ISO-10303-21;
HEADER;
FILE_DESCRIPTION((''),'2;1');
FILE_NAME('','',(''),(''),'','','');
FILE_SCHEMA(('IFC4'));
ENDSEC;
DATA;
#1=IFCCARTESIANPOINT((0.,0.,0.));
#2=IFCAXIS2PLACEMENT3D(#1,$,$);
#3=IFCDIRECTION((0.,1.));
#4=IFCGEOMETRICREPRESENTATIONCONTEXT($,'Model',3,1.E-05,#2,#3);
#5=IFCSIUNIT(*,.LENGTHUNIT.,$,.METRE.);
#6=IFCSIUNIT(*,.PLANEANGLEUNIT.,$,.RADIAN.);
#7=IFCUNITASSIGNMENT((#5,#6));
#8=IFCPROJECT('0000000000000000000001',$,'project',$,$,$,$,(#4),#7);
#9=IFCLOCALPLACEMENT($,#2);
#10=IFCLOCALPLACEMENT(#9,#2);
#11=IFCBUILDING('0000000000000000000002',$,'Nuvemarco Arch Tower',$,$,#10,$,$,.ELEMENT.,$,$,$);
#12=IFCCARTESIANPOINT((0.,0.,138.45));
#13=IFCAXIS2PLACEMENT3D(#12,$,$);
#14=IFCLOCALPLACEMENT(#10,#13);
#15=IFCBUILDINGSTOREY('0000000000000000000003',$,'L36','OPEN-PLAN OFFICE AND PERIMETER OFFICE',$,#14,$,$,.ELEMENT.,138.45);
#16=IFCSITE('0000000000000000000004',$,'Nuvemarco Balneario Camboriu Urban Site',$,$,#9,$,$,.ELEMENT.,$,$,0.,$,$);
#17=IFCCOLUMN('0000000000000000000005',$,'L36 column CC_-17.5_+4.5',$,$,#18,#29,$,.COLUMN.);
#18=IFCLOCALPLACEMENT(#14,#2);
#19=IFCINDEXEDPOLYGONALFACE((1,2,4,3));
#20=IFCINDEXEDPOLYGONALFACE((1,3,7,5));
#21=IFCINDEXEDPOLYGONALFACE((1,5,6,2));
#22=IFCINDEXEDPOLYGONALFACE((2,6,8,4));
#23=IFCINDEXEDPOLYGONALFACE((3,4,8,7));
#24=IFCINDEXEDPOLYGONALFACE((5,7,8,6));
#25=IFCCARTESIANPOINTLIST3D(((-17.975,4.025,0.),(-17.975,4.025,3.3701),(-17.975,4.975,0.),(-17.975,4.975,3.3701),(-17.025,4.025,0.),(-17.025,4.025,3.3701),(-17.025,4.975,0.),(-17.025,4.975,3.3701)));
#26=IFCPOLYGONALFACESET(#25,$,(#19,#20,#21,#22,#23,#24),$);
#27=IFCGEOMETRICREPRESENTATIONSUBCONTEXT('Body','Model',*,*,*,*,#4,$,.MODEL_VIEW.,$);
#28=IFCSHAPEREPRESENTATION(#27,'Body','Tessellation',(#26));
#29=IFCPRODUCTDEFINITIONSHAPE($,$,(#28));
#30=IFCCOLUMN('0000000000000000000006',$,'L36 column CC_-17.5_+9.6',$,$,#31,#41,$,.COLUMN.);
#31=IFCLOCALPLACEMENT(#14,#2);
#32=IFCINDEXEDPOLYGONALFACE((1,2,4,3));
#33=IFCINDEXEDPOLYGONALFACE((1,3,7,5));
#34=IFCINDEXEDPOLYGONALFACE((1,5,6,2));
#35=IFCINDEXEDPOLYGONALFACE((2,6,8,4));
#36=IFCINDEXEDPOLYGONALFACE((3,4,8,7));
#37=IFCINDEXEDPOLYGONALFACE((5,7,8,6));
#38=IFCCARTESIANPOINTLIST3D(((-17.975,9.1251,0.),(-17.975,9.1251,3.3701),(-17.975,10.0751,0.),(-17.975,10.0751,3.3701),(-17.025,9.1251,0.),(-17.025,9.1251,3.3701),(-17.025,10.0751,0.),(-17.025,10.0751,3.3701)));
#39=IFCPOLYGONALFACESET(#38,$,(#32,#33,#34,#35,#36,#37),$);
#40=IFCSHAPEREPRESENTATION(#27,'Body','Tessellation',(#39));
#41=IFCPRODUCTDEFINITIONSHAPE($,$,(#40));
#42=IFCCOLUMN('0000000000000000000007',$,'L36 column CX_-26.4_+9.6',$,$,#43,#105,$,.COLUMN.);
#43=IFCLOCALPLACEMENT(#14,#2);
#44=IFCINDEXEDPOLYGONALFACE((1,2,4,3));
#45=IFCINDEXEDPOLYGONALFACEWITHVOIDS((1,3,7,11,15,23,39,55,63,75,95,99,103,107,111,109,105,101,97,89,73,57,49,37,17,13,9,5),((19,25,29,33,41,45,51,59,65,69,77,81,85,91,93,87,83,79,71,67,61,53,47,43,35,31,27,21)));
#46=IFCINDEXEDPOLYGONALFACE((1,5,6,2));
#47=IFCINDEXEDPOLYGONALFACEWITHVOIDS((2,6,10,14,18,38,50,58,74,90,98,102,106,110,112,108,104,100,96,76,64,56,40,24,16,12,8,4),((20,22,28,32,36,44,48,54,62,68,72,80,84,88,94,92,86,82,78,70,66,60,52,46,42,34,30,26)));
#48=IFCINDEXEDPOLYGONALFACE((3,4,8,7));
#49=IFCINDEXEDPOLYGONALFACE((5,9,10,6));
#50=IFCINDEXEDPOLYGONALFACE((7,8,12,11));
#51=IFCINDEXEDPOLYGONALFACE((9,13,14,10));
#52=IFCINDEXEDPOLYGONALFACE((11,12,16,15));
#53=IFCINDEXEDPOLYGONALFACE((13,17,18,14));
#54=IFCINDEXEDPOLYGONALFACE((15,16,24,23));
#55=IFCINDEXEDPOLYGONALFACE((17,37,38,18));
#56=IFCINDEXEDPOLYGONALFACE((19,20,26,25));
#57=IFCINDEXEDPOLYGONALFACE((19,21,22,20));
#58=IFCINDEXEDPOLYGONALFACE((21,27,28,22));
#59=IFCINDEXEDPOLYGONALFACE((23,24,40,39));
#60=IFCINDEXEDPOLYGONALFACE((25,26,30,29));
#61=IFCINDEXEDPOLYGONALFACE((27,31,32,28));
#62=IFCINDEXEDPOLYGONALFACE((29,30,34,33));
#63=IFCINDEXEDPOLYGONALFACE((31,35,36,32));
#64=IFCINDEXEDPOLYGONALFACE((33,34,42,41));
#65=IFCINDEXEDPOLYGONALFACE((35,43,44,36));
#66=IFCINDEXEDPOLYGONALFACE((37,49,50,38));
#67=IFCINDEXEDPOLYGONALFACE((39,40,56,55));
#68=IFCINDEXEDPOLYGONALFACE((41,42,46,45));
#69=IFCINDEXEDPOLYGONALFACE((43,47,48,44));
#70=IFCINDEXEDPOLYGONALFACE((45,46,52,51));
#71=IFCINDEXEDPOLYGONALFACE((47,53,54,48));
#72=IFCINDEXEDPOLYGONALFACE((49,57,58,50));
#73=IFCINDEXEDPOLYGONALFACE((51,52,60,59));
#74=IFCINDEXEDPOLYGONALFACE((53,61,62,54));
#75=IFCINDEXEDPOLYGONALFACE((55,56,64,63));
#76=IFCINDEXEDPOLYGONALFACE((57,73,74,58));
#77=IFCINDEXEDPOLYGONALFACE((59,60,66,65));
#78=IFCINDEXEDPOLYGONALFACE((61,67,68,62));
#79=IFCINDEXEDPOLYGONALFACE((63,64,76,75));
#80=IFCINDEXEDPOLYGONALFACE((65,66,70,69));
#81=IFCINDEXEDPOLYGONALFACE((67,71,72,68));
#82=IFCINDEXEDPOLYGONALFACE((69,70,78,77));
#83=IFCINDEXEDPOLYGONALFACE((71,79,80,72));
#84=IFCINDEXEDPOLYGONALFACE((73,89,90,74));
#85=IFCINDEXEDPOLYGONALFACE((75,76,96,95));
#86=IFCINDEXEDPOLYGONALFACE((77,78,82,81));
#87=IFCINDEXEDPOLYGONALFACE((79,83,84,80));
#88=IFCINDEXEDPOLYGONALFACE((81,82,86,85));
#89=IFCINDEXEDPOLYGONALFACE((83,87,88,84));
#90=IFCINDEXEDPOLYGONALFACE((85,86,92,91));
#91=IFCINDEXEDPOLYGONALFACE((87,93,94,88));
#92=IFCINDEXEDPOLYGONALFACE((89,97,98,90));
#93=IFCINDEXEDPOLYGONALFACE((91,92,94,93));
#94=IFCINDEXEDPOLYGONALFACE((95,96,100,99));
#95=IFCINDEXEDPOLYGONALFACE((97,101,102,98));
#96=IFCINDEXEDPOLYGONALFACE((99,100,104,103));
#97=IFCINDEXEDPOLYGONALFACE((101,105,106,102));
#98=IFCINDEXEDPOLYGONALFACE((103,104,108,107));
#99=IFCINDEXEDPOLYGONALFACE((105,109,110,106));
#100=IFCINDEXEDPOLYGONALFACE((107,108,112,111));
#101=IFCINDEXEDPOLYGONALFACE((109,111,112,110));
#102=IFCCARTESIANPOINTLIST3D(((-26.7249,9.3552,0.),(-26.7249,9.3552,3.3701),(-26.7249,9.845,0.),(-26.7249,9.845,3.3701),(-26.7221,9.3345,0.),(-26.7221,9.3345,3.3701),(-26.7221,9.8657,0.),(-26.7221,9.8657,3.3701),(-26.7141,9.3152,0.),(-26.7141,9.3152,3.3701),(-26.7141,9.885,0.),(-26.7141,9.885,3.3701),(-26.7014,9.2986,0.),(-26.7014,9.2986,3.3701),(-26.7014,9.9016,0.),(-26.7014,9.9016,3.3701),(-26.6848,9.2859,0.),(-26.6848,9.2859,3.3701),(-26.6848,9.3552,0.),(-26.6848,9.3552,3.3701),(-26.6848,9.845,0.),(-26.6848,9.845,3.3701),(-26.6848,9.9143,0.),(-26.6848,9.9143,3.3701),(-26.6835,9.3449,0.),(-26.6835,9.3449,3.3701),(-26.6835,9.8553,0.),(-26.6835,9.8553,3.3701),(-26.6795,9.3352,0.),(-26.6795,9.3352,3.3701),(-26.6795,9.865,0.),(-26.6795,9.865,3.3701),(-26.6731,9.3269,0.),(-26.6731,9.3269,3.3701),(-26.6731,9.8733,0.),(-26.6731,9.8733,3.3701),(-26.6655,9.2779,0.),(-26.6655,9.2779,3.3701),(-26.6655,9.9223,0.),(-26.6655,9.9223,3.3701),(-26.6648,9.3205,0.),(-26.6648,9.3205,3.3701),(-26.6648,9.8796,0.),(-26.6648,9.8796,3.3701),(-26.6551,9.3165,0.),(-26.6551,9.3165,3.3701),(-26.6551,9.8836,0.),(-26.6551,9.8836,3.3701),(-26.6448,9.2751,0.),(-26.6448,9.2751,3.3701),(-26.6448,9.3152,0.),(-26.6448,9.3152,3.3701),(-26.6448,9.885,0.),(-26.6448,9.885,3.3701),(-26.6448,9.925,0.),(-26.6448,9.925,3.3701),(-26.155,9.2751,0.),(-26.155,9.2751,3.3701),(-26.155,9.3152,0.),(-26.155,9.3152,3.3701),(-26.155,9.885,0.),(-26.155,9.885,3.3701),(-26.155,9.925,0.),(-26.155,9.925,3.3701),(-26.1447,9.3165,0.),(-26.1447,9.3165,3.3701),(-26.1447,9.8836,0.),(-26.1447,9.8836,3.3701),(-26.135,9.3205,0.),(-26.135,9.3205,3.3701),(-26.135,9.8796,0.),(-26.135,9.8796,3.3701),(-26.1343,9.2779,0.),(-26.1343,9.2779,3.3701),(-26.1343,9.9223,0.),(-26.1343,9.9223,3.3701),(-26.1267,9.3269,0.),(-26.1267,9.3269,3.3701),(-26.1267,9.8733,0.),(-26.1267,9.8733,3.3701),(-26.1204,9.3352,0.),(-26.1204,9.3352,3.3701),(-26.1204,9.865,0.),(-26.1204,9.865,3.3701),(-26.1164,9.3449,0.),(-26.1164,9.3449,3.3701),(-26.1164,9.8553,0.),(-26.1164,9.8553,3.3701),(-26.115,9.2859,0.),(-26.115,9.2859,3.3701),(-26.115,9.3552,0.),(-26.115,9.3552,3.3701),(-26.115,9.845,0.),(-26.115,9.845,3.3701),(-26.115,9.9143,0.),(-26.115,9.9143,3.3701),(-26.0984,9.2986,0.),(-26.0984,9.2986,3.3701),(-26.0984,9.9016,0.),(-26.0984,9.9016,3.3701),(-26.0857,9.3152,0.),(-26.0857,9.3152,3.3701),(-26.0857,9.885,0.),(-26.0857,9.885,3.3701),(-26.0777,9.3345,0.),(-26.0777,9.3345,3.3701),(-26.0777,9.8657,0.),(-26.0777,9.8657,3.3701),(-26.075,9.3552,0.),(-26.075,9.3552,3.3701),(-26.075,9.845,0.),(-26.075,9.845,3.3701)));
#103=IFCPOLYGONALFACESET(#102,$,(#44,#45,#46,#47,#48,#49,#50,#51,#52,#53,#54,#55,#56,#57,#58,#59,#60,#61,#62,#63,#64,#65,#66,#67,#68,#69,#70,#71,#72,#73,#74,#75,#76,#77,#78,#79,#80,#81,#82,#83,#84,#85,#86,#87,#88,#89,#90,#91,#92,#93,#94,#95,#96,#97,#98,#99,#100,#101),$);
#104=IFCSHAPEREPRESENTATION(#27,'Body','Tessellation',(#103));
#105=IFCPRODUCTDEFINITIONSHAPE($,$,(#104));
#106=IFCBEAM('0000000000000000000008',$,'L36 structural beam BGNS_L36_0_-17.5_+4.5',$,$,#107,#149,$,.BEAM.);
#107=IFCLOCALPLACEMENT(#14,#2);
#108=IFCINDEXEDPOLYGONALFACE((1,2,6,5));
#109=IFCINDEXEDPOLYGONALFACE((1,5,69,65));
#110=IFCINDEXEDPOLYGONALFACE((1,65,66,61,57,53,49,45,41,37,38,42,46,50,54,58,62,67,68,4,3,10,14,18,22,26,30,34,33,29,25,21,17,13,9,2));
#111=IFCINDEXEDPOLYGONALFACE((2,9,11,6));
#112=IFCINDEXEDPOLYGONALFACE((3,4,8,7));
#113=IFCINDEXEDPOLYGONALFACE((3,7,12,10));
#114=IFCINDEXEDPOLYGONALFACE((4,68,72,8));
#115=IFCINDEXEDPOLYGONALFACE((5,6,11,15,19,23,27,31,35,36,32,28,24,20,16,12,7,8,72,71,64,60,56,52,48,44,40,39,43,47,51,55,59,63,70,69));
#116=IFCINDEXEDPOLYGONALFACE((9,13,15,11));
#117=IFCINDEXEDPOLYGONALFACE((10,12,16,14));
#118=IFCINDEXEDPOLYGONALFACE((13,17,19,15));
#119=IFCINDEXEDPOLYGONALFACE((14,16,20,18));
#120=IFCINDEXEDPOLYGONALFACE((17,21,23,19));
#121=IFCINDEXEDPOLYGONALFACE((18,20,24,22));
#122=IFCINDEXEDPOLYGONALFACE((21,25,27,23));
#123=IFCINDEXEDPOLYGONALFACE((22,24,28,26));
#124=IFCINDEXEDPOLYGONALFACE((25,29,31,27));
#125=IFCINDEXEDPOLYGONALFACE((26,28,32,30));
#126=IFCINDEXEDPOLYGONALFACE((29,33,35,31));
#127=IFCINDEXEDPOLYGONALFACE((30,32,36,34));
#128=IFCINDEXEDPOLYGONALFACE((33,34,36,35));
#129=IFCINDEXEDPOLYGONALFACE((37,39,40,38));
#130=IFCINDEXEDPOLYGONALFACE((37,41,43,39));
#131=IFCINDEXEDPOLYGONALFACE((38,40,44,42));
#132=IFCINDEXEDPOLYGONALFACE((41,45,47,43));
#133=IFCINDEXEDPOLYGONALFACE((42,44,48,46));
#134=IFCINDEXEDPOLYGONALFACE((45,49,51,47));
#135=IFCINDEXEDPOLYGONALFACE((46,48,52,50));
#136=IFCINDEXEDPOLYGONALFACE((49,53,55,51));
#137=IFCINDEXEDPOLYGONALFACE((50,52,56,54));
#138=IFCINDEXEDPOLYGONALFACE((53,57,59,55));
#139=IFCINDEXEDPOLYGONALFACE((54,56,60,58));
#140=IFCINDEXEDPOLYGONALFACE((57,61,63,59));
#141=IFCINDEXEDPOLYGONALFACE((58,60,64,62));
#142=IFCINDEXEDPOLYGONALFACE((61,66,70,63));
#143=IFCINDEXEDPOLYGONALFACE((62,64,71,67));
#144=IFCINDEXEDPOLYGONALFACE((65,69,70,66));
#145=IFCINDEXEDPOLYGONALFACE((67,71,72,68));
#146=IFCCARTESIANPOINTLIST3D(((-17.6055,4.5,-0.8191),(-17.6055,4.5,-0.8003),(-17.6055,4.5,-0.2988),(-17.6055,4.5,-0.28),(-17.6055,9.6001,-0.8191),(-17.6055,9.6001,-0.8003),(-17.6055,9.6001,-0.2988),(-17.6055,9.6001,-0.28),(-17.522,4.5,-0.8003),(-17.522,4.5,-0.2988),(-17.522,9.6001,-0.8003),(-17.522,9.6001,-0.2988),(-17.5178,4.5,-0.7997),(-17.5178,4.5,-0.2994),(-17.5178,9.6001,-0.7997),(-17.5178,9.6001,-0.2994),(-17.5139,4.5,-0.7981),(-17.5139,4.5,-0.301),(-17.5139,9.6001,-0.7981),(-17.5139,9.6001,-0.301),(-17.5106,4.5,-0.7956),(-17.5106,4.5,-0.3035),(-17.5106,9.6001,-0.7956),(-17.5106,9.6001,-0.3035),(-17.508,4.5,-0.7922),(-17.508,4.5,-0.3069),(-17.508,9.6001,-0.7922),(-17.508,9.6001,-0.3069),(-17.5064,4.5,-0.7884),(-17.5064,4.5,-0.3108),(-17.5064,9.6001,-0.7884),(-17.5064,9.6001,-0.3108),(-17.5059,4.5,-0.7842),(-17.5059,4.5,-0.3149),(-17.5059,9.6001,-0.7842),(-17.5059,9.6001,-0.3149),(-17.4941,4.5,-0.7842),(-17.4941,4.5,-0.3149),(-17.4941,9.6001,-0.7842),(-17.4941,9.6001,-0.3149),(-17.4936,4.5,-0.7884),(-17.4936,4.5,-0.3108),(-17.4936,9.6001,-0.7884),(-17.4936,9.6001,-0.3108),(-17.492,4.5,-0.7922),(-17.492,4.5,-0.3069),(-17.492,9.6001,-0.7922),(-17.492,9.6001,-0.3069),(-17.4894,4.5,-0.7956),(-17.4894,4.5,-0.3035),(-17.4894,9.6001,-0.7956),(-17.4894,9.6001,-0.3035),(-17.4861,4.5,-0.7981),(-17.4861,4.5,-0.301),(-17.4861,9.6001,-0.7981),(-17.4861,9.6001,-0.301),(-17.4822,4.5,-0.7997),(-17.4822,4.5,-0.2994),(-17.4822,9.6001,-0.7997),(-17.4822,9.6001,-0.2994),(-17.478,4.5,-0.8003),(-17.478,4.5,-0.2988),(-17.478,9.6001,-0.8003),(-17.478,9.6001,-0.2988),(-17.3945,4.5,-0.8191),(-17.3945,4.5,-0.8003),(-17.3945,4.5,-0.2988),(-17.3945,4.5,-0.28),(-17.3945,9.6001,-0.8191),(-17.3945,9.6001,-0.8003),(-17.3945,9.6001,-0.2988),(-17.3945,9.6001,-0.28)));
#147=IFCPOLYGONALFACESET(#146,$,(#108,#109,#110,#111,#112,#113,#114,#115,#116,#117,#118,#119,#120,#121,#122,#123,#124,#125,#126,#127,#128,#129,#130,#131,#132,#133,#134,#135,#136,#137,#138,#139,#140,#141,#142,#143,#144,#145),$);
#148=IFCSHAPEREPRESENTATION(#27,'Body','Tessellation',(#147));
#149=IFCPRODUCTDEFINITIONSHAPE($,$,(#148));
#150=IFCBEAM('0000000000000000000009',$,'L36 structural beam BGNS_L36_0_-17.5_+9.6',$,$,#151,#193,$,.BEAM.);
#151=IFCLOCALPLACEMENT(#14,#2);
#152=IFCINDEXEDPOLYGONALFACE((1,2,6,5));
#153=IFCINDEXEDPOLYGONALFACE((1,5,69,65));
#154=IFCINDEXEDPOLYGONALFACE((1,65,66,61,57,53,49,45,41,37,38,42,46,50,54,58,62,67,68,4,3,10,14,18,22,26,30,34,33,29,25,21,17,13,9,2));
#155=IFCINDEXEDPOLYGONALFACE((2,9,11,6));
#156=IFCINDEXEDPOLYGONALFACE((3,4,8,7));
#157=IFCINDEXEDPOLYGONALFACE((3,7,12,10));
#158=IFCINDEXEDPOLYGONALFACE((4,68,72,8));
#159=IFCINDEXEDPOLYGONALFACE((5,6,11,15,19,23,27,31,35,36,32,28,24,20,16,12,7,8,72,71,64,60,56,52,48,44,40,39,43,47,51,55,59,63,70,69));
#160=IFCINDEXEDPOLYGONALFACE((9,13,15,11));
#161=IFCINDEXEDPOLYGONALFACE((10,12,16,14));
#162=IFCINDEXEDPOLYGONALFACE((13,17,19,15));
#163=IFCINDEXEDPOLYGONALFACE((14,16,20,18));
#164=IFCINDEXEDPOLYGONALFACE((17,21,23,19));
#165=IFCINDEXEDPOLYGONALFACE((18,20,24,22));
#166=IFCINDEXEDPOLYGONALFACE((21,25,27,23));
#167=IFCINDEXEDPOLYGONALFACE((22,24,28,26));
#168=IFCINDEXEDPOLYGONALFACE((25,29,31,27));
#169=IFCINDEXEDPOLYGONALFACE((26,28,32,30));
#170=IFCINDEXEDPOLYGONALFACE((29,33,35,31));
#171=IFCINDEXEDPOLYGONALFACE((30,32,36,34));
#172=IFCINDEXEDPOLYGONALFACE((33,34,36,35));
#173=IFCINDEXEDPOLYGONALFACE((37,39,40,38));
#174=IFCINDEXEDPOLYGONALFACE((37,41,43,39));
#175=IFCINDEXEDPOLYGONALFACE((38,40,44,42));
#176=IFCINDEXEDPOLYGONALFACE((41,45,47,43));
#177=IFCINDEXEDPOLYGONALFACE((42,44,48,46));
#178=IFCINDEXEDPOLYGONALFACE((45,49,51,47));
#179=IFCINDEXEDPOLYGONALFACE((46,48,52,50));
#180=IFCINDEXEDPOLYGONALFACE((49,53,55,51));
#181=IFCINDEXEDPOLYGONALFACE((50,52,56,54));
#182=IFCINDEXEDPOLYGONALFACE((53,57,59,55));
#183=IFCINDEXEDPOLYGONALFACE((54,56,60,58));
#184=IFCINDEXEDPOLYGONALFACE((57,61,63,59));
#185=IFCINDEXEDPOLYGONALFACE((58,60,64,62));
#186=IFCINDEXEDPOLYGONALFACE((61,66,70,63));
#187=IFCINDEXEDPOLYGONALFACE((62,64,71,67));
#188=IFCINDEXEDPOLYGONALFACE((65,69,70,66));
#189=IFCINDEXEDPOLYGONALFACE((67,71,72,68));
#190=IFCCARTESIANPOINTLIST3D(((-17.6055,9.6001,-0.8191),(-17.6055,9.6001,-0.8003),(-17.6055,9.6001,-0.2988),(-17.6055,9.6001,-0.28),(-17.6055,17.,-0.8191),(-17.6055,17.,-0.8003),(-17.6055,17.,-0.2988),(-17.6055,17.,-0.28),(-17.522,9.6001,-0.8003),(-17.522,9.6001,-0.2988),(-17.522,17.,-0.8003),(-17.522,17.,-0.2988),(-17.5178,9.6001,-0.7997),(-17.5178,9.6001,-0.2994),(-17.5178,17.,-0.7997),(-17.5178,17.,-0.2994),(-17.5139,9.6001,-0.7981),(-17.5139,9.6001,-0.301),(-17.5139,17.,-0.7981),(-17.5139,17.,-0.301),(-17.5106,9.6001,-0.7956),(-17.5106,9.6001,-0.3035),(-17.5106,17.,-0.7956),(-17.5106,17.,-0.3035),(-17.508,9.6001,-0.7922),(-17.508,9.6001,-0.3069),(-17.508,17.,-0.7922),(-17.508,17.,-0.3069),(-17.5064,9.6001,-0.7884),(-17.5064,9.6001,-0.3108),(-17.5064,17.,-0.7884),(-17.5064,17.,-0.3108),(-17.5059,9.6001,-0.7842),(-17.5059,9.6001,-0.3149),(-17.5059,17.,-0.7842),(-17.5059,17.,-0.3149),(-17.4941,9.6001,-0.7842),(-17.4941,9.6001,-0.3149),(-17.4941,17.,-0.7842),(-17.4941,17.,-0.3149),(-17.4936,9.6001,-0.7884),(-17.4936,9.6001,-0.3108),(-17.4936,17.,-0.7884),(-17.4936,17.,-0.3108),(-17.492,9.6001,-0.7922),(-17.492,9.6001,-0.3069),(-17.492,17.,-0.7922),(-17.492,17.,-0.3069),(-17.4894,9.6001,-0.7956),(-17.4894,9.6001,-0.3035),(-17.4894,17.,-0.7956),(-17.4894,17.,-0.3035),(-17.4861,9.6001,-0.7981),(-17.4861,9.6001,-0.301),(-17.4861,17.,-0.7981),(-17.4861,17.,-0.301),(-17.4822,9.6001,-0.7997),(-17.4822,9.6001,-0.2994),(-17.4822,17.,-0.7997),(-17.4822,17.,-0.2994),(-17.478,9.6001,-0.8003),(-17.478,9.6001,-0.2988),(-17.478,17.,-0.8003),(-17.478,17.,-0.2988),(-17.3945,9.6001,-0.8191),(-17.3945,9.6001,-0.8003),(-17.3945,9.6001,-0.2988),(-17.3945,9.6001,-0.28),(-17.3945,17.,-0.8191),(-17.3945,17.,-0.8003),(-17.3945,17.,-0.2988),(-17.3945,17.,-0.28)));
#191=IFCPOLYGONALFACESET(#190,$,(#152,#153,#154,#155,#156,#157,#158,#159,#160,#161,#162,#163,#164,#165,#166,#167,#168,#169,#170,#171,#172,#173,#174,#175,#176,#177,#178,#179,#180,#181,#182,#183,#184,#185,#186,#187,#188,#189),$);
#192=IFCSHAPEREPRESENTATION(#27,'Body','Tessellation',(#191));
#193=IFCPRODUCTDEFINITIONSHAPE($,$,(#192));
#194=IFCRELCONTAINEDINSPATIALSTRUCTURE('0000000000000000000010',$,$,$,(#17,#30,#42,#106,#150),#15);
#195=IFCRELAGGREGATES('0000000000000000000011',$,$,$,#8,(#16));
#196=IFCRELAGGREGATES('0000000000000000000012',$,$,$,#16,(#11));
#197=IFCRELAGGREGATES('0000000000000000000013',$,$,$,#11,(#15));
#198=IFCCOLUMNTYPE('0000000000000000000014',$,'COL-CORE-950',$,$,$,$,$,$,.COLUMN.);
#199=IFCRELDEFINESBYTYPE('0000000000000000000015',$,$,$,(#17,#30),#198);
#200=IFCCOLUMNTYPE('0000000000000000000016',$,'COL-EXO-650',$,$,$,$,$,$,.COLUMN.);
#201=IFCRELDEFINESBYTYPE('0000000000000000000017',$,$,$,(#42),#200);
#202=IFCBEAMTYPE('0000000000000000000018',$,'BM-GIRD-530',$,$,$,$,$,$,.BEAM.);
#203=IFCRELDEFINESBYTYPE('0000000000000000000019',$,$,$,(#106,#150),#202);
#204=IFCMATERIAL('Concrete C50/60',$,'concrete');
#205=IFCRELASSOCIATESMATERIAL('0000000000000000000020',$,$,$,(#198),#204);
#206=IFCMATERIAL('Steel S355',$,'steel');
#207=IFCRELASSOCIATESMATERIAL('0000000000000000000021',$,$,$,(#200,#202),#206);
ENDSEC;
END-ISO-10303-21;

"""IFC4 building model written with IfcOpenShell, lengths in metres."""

from ifc_helpers import new_model, si_unit, direction, frame, origin, origin_2d, place, context, subcontext, project, spatial, rectangle, hollow_rectangle, i_section, extrude, material, material_profile, profile_set, type_object, element, save


model = new_model("IFC4")

# Units and contexts
model_context = context("Model", 3, precision=1e-05, world=origin(), true_north=direction((0.0, 1.0)))
body_context = subcontext(model_context, "Body", "Model", "MODEL_VIEW")
ifc_project = project(units=[si_unit("LENGTHUNIT", "METRE"), si_unit("PLANEANGLEUNIT", "RADIAN")], contexts=[model_context])

# Site, building, storey
site_placement = place(None, origin())
site = spatial("IfcSite", under=ifc_project, at=site_placement, Name="Nuvemarco Balneario Camboriu Urban Site", CompositionType="ELEMENT", RefElevation=0.0)
building_placement = place(site_placement, origin())
building = spatial("IfcBuilding", under=site, at=building_placement, Name="Nuvemarco Arch Tower", CompositionType="ELEMENT")
storey_placement = place(building_placement, frame((0.0, 0.0, 138.45)))
storey = spatial("IfcBuildingStorey", under=building, at=storey_placement, Name="L36", Description="OPEN-PLAN OFFICE AND PERIMETER OFFICE", CompositionType="ELEMENT", Elevation=138.45)

# Columns
ifc_material_1 = material(Name="Concrete C50/60", Category="concrete")
ifc_material_profile_1 = material_profile(ifc_material_1, rectangle(XDim=0.95, YDim=0.95, at=origin_2d()), Name="RC-COL-950x950")
ifc_profile_set_1 = profile_set([ifc_material_profile_1], Name="Concrete C50/60")
column_type_1 = type_object("IfcColumnType", Name="COL-CORE-950", PredefinedType="COLUMN", material=ifc_profile_set_1)
for number, where, z_axis, x_axis, name in (
    (1, (-17.5, 4.5, 0.0), (0.0, 0.0, 1.0), (1.0, 0.0, 0.0), "L36 column CC_-17.5_+4.5"),
    (2, (-17.5, 9.6001, 0.0), (0.0, 0.0, 1.0), (1.0, 0.0, 0.0), "L36 column CC_-17.5_+9.6"),
):
    element("IfcColumn", number, at=place(storey_placement, frame(where, z_axis=z_axis, x_axis=x_axis)), inside=storey, type_object=column_type_1, Name=name, PredefinedType="COLUMN", context=body_context, shape_type="SweptSolid", body=[
        extrude(rectangle(XDim=0.95, YDim=0.95, at=origin_2d()), origin(), (0.0, 0.0, 1.0), 3.3701),
    ])
ifc_material_2 = material(Name="Steel S355", Category="steel")
ifc_material_profile_2 = material_profile(ifc_material_2, hollow_rectangle(XDim=0.6499, YDim=0.6499, WallThickness=0.04, InnerFilletRadius=0.04, OuterFilletRadius=0.0801, at=origin_2d()), Name="SHS650x650x40")
ifc_profile_set_2 = profile_set([ifc_material_profile_2], Name="Steel S355")
column_type_2 = type_object("IfcColumnType", Name="COL-EXO-650", PredefinedType="COLUMN", material=ifc_profile_set_2)
column_placement = place(storey_placement, frame((-26.3999, 9.6001, 0.0), z_axis=(0.0, 0.0, 1.0), x_axis=(1.0, 0.0, 0.0)))
element("IfcColumn", 3, at=column_placement, inside=storey, type_object=column_type_2, Name="L36 column CX_-26.4_+9.6", PredefinedType="COLUMN", context=body_context, shape_type="SweptSolid", body=[
    extrude(hollow_rectangle(XDim=0.6499, YDim=0.6499, WallThickness=0.04, InnerFilletRadius=0.04, OuterFilletRadius=0.0801, at=origin_2d()), origin(), (0.0, 0.0, 1.0), 3.3701),
])

# Beams
ifc_material_profile_3 = material_profile(ifc_material_2, i_section(OverallWidth=0.2109, OverallDepth=0.5391, WebThickness=0.0117, FlangeThickness=0.0188, FilletRadius=0.0161, at=origin_2d()), Name="W530x109")
ifc_profile_set_3 = profile_set([ifc_material_profile_3], Name="Steel S355")
beam_type_1 = type_object("IfcBeamType", Name="BM-GIRD-530", PredefinedType="BEAM", material=ifc_profile_set_3)
beam_1_placement = place(storey_placement, frame((-17.5, 4.5, -0.5496), z_axis=(0.0, 1.0, 0.0), x_axis=(-1.0, 0.0, 0.0)))
element("IfcBeam", 4, at=beam_1_placement, inside=storey, type_object=beam_type_1, Name="L36 structural beam BGNS_L36_0_-17.5_+4.5", PredefinedType="BEAM", context=body_context, shape_type="SweptSolid", body=[
    extrude(i_section(OverallWidth=0.2109, OverallDepth=0.5391, WebThickness=0.0117, FlangeThickness=0.0188, FilletRadius=0.0161, at=origin_2d()), origin(), (0.0, 0.0, 1.0), 5.1001),
])
beam_2_placement = place(storey_placement, frame((-17.5, 9.6001, -0.5496), z_axis=(0.0, 1.0, 0.0), x_axis=(-1.0, 0.0, 0.0)))
element("IfcBeam", 5, at=beam_2_placement, inside=storey, type_object=beam_type_1, Name="L36 structural beam BGNS_L36_0_-17.5_+9.6", PredefinedType="BEAM", context=body_context, shape_type="SweptSolid", body=[
    extrude(i_section(OverallWidth=0.2109, OverallDepth=0.5391, WebThickness=0.0117, FlangeThickness=0.0188, FilletRadius=0.0161, at=origin_2d()), origin(), (0.0, 0.0, 1.0), 7.3999),
])

save(model, "model.ifc")
